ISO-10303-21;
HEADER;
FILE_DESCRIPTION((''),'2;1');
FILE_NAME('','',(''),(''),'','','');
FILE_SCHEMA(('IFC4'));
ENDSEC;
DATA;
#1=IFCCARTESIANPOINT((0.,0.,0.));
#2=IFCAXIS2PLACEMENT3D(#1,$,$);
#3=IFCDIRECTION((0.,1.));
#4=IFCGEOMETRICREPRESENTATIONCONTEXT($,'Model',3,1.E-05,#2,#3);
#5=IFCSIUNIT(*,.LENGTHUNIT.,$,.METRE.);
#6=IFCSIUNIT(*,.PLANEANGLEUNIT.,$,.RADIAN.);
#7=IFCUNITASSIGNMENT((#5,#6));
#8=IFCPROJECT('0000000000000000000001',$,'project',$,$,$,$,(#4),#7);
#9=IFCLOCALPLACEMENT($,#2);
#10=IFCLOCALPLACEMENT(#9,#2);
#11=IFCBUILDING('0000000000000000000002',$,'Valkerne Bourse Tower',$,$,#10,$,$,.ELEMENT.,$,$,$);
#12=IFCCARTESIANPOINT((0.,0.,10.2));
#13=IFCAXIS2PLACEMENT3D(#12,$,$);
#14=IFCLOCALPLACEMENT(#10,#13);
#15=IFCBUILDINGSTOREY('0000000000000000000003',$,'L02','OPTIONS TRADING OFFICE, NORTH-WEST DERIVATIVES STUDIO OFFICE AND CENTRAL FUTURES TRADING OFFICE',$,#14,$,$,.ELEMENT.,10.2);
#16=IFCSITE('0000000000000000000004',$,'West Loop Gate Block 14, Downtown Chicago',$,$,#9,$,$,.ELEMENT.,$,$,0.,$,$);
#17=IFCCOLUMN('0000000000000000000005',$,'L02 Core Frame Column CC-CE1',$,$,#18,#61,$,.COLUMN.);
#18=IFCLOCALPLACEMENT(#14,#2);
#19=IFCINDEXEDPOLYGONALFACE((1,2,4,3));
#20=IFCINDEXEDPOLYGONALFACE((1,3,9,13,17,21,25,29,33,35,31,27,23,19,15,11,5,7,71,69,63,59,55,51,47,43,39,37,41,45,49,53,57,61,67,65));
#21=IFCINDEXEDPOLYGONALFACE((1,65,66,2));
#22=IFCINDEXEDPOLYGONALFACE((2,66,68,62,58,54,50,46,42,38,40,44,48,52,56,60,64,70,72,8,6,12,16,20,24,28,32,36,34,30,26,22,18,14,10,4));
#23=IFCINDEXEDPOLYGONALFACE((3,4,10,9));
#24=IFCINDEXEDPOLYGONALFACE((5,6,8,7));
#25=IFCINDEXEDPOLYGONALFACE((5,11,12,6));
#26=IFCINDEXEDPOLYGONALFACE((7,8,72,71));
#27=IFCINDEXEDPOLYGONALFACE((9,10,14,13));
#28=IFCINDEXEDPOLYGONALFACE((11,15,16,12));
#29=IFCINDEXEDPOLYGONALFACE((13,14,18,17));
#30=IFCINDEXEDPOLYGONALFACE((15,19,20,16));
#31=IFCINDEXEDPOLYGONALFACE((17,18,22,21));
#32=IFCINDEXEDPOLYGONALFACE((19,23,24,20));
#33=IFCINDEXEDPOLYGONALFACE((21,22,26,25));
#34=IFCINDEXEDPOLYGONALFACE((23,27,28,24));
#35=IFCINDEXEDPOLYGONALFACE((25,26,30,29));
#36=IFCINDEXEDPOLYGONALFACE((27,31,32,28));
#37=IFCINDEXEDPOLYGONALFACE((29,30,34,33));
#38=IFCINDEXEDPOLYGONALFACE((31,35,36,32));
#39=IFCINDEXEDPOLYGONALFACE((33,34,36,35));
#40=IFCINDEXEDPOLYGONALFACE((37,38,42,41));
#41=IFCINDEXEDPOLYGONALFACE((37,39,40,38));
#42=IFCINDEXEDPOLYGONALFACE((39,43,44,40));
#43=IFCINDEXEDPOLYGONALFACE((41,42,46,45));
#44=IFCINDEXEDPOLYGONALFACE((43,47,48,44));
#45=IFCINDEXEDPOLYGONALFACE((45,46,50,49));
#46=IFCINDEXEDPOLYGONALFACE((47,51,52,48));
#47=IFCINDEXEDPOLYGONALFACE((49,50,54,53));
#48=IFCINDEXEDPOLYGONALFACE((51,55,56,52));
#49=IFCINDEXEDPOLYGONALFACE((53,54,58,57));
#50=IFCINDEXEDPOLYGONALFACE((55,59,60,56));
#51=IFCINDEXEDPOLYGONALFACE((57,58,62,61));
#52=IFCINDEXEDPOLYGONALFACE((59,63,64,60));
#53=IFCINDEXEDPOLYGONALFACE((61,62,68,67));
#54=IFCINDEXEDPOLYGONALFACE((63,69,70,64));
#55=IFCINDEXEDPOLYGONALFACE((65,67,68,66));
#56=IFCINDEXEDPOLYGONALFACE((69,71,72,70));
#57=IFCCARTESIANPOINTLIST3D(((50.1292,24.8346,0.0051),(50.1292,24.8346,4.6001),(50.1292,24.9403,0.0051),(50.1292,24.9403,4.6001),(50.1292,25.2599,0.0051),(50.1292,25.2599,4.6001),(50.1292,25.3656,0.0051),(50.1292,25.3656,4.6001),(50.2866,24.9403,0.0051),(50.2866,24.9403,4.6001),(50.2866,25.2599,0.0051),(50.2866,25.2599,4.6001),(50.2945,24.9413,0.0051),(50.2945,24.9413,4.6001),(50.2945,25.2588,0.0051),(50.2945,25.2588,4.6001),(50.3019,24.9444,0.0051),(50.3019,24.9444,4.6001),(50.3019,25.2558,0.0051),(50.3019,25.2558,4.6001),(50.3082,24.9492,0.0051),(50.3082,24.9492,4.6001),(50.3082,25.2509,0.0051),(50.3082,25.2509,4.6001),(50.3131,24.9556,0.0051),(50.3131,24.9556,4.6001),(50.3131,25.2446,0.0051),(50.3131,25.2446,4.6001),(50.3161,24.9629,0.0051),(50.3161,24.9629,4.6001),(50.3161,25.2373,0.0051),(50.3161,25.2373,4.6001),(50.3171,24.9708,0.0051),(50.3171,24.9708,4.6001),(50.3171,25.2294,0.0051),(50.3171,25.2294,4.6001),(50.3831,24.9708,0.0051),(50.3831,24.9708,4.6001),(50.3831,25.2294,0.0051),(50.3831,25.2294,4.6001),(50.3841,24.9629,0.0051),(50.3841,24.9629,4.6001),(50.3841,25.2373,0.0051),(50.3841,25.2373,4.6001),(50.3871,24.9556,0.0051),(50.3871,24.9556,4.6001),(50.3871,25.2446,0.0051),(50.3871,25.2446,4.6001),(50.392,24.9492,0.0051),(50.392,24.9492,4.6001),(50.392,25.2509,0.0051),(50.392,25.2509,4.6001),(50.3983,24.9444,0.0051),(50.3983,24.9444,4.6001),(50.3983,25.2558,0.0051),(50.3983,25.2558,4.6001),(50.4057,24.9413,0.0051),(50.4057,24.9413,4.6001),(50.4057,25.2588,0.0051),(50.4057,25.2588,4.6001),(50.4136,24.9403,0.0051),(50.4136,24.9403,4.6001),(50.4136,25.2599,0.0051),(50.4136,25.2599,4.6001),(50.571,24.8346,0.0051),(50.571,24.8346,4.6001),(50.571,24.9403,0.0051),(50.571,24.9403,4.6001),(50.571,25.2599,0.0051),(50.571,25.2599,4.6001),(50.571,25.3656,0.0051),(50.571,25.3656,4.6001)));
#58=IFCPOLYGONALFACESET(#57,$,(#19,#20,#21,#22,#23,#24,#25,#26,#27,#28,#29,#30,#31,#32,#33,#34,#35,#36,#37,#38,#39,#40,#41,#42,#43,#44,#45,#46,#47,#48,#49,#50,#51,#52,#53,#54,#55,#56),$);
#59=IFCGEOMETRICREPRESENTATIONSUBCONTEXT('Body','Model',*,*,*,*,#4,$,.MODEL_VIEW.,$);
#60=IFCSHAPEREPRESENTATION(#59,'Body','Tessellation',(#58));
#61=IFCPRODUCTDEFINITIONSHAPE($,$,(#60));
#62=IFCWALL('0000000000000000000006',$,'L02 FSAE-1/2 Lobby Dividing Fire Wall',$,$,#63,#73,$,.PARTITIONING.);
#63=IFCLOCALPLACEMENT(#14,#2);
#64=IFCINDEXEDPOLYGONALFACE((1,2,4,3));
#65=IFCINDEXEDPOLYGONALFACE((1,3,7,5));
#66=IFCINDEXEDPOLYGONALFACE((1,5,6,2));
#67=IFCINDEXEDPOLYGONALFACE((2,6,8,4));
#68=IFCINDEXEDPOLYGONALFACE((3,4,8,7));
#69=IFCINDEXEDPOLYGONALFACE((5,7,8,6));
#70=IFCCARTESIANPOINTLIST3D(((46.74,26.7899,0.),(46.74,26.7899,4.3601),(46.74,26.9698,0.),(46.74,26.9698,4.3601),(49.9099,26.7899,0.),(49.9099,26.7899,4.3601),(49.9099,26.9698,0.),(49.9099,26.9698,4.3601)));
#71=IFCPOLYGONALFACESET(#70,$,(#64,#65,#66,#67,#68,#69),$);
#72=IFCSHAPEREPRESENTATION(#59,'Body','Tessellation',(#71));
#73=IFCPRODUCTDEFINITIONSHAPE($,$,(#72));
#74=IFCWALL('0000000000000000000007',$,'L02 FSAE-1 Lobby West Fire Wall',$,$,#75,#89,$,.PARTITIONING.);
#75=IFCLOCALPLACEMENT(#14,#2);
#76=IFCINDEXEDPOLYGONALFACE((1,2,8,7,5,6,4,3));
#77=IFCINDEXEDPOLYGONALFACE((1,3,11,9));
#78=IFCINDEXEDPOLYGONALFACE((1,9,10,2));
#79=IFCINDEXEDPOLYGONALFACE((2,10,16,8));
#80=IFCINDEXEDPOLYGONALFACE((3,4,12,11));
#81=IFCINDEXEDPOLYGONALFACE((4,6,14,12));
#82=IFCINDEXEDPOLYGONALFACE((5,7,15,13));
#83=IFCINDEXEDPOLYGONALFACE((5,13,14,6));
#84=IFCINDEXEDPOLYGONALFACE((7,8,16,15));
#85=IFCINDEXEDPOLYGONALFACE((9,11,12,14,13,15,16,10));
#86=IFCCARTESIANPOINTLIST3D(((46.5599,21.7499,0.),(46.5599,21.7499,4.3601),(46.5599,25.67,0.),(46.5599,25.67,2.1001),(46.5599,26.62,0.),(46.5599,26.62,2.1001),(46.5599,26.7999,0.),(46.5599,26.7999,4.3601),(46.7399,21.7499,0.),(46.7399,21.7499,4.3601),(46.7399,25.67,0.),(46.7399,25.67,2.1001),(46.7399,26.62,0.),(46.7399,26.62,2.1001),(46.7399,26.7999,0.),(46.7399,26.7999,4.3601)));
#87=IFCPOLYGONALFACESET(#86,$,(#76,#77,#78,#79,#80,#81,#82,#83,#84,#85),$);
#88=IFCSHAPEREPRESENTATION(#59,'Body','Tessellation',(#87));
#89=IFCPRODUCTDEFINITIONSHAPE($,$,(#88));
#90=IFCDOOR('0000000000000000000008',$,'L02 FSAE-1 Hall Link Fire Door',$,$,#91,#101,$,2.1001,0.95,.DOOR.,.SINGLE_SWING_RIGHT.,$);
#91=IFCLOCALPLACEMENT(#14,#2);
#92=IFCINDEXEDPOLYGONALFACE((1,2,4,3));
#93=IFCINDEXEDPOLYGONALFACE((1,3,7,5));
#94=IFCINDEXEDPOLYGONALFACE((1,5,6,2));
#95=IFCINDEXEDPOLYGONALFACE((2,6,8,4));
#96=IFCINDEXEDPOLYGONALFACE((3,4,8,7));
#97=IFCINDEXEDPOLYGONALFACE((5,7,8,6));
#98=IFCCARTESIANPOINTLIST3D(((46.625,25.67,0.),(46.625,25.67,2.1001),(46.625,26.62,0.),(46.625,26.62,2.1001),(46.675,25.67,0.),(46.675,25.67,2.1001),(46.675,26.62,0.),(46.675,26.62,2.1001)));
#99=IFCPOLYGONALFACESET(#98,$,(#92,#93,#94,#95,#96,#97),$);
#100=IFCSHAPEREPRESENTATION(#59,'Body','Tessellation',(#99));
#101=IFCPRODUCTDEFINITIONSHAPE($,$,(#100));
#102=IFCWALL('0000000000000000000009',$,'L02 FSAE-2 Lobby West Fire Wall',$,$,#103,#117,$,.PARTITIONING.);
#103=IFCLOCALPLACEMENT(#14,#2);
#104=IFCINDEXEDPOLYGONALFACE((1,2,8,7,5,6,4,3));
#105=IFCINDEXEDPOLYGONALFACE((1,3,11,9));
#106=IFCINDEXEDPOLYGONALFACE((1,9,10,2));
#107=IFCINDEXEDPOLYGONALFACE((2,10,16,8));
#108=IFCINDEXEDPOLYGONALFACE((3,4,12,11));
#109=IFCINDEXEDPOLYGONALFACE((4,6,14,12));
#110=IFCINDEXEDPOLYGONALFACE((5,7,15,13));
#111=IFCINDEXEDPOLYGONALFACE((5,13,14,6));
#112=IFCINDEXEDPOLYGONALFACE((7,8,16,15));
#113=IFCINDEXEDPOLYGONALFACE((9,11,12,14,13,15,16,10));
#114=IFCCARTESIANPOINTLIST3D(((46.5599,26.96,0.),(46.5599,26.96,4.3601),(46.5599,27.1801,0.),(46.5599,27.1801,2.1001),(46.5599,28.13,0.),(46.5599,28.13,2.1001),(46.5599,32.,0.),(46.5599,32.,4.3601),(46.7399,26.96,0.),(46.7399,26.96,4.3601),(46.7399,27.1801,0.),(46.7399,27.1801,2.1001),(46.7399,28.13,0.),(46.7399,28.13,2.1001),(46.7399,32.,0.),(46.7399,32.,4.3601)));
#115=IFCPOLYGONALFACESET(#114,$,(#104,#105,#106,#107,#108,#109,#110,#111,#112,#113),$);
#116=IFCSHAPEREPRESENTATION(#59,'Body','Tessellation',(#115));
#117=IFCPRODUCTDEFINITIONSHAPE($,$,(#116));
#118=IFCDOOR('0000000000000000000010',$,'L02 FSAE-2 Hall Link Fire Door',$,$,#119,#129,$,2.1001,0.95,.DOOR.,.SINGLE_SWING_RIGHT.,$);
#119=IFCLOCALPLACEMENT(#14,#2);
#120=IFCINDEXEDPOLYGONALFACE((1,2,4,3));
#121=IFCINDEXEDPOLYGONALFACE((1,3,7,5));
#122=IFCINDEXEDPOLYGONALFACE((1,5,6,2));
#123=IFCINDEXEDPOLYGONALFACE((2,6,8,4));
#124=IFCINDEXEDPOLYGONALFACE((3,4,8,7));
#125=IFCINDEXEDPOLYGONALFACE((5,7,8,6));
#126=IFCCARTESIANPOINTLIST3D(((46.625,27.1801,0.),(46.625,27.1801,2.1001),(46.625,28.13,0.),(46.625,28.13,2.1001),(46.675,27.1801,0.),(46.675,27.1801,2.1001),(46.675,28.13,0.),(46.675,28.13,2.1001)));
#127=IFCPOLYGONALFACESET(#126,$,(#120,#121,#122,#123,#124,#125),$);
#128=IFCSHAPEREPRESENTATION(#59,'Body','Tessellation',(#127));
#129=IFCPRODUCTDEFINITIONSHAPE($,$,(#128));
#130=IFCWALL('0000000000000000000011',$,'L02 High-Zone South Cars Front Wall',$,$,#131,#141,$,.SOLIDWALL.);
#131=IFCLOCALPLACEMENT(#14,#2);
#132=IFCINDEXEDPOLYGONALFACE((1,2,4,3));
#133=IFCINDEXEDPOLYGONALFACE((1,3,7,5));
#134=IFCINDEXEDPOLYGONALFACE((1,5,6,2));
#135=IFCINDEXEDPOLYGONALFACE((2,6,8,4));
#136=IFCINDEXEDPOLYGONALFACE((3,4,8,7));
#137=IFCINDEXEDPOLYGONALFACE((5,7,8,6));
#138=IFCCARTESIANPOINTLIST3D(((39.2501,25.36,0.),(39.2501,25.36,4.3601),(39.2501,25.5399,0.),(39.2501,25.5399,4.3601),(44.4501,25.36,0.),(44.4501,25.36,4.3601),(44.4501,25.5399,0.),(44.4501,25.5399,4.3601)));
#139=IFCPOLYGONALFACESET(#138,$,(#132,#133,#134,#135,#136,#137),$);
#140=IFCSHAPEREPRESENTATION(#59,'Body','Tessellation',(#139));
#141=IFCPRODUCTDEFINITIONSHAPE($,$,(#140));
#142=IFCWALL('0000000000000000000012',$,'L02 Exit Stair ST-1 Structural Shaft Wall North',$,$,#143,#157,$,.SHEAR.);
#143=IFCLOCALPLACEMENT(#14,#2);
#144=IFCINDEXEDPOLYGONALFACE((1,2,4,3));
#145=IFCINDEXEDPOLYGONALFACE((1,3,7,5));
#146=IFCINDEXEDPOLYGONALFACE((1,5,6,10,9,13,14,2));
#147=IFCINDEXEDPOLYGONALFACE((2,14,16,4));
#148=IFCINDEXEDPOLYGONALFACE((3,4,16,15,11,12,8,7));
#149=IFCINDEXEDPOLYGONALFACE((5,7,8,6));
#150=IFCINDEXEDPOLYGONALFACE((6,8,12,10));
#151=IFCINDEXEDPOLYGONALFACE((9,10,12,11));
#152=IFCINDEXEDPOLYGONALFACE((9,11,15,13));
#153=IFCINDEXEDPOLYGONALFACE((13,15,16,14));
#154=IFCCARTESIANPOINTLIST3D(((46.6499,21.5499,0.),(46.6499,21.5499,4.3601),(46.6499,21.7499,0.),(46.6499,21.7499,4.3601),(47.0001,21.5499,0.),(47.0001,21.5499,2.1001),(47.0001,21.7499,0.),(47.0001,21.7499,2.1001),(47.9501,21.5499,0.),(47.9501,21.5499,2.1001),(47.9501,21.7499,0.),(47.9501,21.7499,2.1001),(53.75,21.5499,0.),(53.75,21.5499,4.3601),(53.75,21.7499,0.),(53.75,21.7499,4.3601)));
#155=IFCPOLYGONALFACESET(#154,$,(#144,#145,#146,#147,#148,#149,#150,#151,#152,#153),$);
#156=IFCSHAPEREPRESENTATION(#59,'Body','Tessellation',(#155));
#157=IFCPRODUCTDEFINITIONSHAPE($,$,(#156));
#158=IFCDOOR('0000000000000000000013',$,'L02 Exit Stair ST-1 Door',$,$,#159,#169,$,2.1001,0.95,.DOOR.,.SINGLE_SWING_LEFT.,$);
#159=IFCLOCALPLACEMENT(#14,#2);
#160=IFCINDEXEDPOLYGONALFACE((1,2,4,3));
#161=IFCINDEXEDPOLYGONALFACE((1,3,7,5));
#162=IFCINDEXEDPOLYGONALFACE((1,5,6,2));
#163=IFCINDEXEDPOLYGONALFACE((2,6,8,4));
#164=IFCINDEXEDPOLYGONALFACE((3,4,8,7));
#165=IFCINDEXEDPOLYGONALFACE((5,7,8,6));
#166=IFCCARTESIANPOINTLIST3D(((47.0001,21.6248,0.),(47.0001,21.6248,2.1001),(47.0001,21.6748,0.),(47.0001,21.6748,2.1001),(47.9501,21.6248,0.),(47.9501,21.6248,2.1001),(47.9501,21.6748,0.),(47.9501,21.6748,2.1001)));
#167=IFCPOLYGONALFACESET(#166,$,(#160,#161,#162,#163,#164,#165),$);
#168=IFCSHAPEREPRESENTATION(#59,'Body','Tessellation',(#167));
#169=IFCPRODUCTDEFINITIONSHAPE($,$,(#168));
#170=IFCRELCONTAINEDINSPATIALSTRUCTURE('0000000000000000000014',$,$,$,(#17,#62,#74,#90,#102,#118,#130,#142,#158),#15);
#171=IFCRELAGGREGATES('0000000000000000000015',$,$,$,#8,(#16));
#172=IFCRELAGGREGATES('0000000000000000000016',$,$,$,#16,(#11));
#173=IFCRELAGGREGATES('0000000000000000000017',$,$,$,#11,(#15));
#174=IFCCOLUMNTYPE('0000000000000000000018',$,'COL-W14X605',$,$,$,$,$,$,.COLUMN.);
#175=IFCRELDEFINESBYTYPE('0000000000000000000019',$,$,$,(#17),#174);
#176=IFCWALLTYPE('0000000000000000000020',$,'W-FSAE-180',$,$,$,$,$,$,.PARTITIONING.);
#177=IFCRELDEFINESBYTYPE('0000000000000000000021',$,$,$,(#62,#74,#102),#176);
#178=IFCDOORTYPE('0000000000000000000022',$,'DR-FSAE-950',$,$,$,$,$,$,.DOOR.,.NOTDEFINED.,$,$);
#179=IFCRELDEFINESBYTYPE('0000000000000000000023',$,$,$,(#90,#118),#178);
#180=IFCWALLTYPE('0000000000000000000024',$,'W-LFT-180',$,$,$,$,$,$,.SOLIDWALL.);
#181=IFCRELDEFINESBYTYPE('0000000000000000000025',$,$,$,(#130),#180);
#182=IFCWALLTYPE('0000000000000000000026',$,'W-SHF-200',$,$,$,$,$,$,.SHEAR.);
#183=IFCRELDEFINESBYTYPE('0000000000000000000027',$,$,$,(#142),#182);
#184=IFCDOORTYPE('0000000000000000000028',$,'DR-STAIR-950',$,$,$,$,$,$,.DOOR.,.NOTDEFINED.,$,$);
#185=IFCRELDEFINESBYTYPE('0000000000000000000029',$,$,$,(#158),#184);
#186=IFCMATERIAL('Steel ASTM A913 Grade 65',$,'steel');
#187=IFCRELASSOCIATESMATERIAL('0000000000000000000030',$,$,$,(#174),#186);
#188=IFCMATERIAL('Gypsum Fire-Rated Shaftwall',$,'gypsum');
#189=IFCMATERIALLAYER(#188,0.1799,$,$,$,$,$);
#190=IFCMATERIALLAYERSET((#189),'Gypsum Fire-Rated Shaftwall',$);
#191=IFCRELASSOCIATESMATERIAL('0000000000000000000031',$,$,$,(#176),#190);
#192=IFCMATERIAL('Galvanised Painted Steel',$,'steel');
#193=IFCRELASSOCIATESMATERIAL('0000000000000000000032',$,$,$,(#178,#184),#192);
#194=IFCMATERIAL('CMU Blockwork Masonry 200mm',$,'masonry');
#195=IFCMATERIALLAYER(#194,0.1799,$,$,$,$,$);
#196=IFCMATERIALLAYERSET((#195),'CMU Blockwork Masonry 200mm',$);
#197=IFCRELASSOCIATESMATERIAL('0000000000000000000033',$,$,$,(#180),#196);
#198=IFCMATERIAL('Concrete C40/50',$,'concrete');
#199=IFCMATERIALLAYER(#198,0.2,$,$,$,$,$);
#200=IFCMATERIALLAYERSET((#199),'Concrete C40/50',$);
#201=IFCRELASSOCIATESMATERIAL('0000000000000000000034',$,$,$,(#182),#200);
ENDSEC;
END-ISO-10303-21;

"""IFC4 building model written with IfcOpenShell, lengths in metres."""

from ifc_helpers import new_model, si_unit, direction, frame, frame_2d, origin, origin_2d, place, context, subcontext, project, spatial, rectangle, i_section, extrude, material, layer, layer_set, material_profile, profile_set, type_object, element, fill, save


model = new_model("IFC4")

# Units and contexts
model_context = context("Model", 3, precision=1e-05, world=origin(), true_north=direction((0.0, 1.0)))
body_context = subcontext(model_context, "Body", "Model", "MODEL_VIEW")
ifc_project = project(units=[si_unit("LENGTHUNIT", "METRE"), si_unit("PLANEANGLEUNIT", "RADIAN")], contexts=[model_context])

# Site, building, storey
site_placement = place(None, origin())
site = spatial("IfcSite", under=ifc_project, at=site_placement, Name="West Loop Gate Block 14, Downtown Chicago", CompositionType="ELEMENT", RefElevation=0.0)
building_placement = place(site_placement, origin())
building = spatial("IfcBuilding", under=site, at=building_placement, Name="Valkerne Bourse Tower", CompositionType="ELEMENT")
storey_placement = place(building_placement, frame((0.0, 0.0, 10.2)))
storey = spatial("IfcBuildingStorey", under=building, at=storey_placement, Name="L02", Description="OPTIONS TRADING OFFICE, NORTH-WEST DERIVATIVES STUDIO OFFICE AND CENTRAL FUTURES TRADING OFFICE", CompositionType="ELEMENT", Elevation=10.2)

# Column
ifc_material_1 = material(Name="Steel ASTM A913 Grade 65", Category="steel")
ifc_material_profile = material_profile(ifc_material_1, i_section(OverallWidth=0.4419, OverallDepth=0.531, WebThickness=0.0659, FlangeThickness=0.1057, FilletRadius=0.0305, at=origin_2d()), Name="W14X605")
ifc_profile_set = profile_set([ifc_material_profile], Name="Steel ASTM A913 Grade 65")
column_type = type_object("IfcColumnType", Name="COL-W14X605", PredefinedType="COLUMN", material=ifc_profile_set)
column_placement = place(storey_placement, frame((50.3501, 25.1001, 0.0051), z_axis=(0.0, 0.0, 1.0), x_axis=(1.0, 0.0, 0.0)))
element("IfcColumn", 1, at=column_placement, inside=storey, type_object=column_type, Name="L02 Core Frame Column CC-CE1", PredefinedType="COLUMN", context=body_context, shape_type="SweptSolid", body=[
    extrude(i_section(OverallWidth=0.4419, OverallDepth=0.531, WebThickness=0.0659, FlangeThickness=0.1057, FilletRadius=0.0305, at=origin_2d()), origin(), (0.0, 0.0, 1.0), 4.595),
])

# Wall
ifc_material_2 = material(Name="Gypsum Fire-Rated Shaftwall", Category="gypsum")
ifc_layer_1 = layer(ifc_material_2, 0.1799)
ifc_layer_set_1 = layer_set([ifc_layer_1], Name="Gypsum Fire-Rated Shaftwall")
wall_type_1 = type_object("IfcWallType", Name="W-FSAE-180", PredefinedType="PARTITIONING", material=ifc_layer_set_1)
wall_1_placement = place(storey_placement, frame((46.74, 26.8799, 0.0), z_axis=(0.0, 0.0, 1.0), x_axis=(1.0, 0.0, 0.0)))
element("IfcWall", 2, at=wall_1_placement, inside=storey, type_object=wall_type_1, Name="L02 FSAE-1/2 Lobby Dividing Fire Wall", PredefinedType="PARTITIONING", context=body_context, shape_type="SweptSolid", body=[
    extrude(rectangle(XDim=3.1699, YDim=0.1799, at=frame_2d((1.585, 0.0))), origin(), (0.0, 0.0, 1.0), 4.3601),
])

# Walls, openings, doors
wall_2_placement = place(storey_placement, frame((46.6499, 21.75, 0.0), z_axis=(0.0, 0.0, 1.0), x_axis=(0.0, 1.0, 0.0)))
wall_2 = element("IfcWall", 3, at=wall_2_placement, inside=storey, type_object=wall_type_1, Name="L02 FSAE-1 Lobby West Fire Wall", PredefinedType="PARTITIONING", context=body_context, shape_type="SweptSolid", body=[
    extrude(rectangle(XDim=5.05, YDim=0.1799, at=frame_2d((2.5249, 0.0))), origin(), (0.0, 0.0, 1.0), 4.3601),
])
opening_1_placement = place(wall_2_placement, frame((3.9199, 0.0, 0.0)))
opening_1 = element("IfcOpeningElement", 4, at=opening_1_placement, cuts=wall_2, PredefinedType="OPENING", context=body_context, shape_type="SweptSolid", body=[
    extrude(rectangle(XDim=0.95, YDim=2.1001, at=frame_2d((0.4751, 1.05))), frame((0.0, 0.0999, 0.0), z_axis=(0.0, -1.0, 0.0), x_axis=(1.0, 0.0, 0.0)), (0.0, 0.0, 1.0), 0.2),
])
ifc_material_3 = material(Name="Galvanised Painted Steel", Category="steel")
door_type_1 = type_object("IfcDoorType", Name="DR-FSAE-950", OperationType="NOTDEFINED", PredefinedType="DOOR", material=ifc_material_3)
door_1_placement = place(opening_1_placement, origin())
door_1 = element("IfcDoor", 5, at=door_1_placement, inside=storey, type_object=door_type_1, Name="L02 FSAE-1 Hall Link Fire Door", OperationType="SINGLE_SWING_RIGHT", OverallHeight=2.1001, OverallWidth=0.95, PredefinedType="DOOR", context=body_context, shape_type="SweptSolid", body=[
    extrude(rectangle(XDim=0.95, YDim=2.1001, at=frame_2d((0.4751, 1.05))), frame((0.0, 0.0249, 0.0), z_axis=(0.0, -1.0, 0.0), x_axis=(1.0, 0.0, 0.0)), (0.0, 0.0, 1.0), 0.05),
])
fill(opening_1, door_1)
wall_3_placement = place(storey_placement, frame((46.6499, 26.96, 0.0), z_axis=(0.0, 0.0, 1.0), x_axis=(0.0, 1.0, 0.0)))
wall_3 = element("IfcWall", 6, at=wall_3_placement, inside=storey, type_object=wall_type_1, Name="L02 FSAE-2 Lobby West Fire Wall", PredefinedType="PARTITIONING", context=body_context, shape_type="SweptSolid", body=[
    extrude(rectangle(XDim=5.04, YDim=0.1799, at=frame_2d((2.52, 0.0))), origin(), (0.0, 0.0, 1.0), 4.3601),
])
opening_2_placement = place(wall_3_placement, frame((0.22, 0.0, 0.0)))
opening_2 = element("IfcOpeningElement", 7, at=opening_2_placement, cuts=wall_3, PredefinedType="OPENING", context=body_context, shape_type="SweptSolid", body=[
    extrude(rectangle(XDim=0.95, YDim=2.1001, at=frame_2d((0.4751, 1.05))), frame((0.0, 0.0999, 0.0), z_axis=(0.0, -1.0, 0.0), x_axis=(1.0, 0.0, 0.0)), (0.0, 0.0, 1.0), 0.2),
])
door_2_placement = place(opening_2_placement, origin())
door_2 = element("IfcDoor", 8, at=door_2_placement, inside=storey, type_object=door_type_1, Name="L02 FSAE-2 Hall Link Fire Door", OperationType="SINGLE_SWING_RIGHT", OverallHeight=2.1001, OverallWidth=0.95, PredefinedType="DOOR", context=body_context, shape_type="SweptSolid", body=[
    extrude(rectangle(XDim=0.95, YDim=2.1001, at=frame_2d((0.4751, 1.05))), frame((0.0, 0.0249, 0.0), z_axis=(0.0, -1.0, 0.0), x_axis=(1.0, 0.0, 0.0)), (0.0, 0.0, 1.0), 0.05),
])
fill(opening_2, door_2)

# Shared definitions
ifc_material_4 = material(Name="CMU Blockwork Masonry 200mm", Category="masonry")
ifc_layer_2 = layer(ifc_material_4, 0.1799)
ifc_layer_set_2 = layer_set([ifc_layer_2], Name="CMU Blockwork Masonry 200mm")
wall_type_2 = type_object("IfcWallType", Name="W-LFT-180", PredefinedType="SOLIDWALL", material=ifc_layer_set_2)

# Wall
wall_4_placement = place(storey_placement, frame((39.25, 25.45, 0.0), z_axis=(0.0, 0.0, 1.0), x_axis=(1.0, 0.0, 0.0)))
element("IfcWall", 9, at=wall_4_placement, inside=storey, type_object=wall_type_2, Name="L02 High-Zone South Cars Front Wall", PredefinedType="SOLIDWALL", context=body_context, shape_type="SweptSolid", body=[
    extrude(rectangle(XDim=5.2, YDim=0.1799, at=frame_2d((2.6001, 0.0))), origin(), (0.0, 0.0, 1.0), 4.3601),
])

# Wall, opening, door
ifc_material_5 = material(Name="Concrete C40/50", Category="concrete")
ifc_layer_3 = layer(ifc_material_5, 0.2)
ifc_layer_set_3 = layer_set([ifc_layer_3], Name="Concrete C40/50")
wall_type_3 = type_object("IfcWallType", Name="W-SHF-200", PredefinedType="SHEAR", material=ifc_layer_set_3)
wall_5_placement = place(storey_placement, frame((46.6499, 21.6499, 0.0), z_axis=(0.0, 0.0, 1.0), x_axis=(1.0, 0.0, 0.0)))
wall_5 = element("IfcWall", 10, at=wall_5_placement, inside=storey, type_object=wall_type_3, Name="L02 Exit Stair ST-1 Structural Shaft Wall North", PredefinedType="SHEAR", context=body_context, shape_type="SweptSolid", body=[
    extrude(rectangle(XDim=7.1001, YDim=0.2, at=frame_2d((3.55, 0.0))), origin(), (0.0, 0.0, 1.0), 4.3601),
])
opening_3_placement = place(wall_5_placement, frame((0.3501, 0.0, 0.0)))
opening_3 = element("IfcOpeningElement", 11, at=opening_3_placement, cuts=wall_5, PredefinedType="OPENING", context=body_context, shape_type="SweptSolid", body=[
    extrude(rectangle(XDim=0.95, YDim=2.1001, at=frame_2d((0.4751, 1.05))), frame((0.0, 0.1099, 0.0), z_axis=(0.0, -1.0, 0.0), x_axis=(1.0, 0.0, 0.0)), (0.0, 0.0, 1.0), 0.22),
])
door_type_2 = type_object("IfcDoorType", Name="DR-STAIR-950", OperationType="NOTDEFINED", PredefinedType="DOOR", material=ifc_material_3)
door_3_placement = place(opening_3_placement, origin())
door_3 = element("IfcDoor", 12, at=door_3_placement, inside=storey, type_object=door_type_2, Name="L02 Exit Stair ST-1 Door", OperationType="SINGLE_SWING_LEFT", OverallHeight=2.1001, OverallWidth=0.95, PredefinedType="DOOR", context=body_context, shape_type="SweptSolid", body=[
    extrude(rectangle(XDim=0.95, YDim=2.1001, at=frame_2d((0.4751, 1.05))), frame((0.0, 0.0249, 0.0), z_axis=(0.0, -1.0, 0.0), x_axis=(1.0, 0.0, 0.0)), (0.0, 0.0, 1.0), 0.05),
])
fill(opening_3, door_3)

save(model, "model.ifc")
